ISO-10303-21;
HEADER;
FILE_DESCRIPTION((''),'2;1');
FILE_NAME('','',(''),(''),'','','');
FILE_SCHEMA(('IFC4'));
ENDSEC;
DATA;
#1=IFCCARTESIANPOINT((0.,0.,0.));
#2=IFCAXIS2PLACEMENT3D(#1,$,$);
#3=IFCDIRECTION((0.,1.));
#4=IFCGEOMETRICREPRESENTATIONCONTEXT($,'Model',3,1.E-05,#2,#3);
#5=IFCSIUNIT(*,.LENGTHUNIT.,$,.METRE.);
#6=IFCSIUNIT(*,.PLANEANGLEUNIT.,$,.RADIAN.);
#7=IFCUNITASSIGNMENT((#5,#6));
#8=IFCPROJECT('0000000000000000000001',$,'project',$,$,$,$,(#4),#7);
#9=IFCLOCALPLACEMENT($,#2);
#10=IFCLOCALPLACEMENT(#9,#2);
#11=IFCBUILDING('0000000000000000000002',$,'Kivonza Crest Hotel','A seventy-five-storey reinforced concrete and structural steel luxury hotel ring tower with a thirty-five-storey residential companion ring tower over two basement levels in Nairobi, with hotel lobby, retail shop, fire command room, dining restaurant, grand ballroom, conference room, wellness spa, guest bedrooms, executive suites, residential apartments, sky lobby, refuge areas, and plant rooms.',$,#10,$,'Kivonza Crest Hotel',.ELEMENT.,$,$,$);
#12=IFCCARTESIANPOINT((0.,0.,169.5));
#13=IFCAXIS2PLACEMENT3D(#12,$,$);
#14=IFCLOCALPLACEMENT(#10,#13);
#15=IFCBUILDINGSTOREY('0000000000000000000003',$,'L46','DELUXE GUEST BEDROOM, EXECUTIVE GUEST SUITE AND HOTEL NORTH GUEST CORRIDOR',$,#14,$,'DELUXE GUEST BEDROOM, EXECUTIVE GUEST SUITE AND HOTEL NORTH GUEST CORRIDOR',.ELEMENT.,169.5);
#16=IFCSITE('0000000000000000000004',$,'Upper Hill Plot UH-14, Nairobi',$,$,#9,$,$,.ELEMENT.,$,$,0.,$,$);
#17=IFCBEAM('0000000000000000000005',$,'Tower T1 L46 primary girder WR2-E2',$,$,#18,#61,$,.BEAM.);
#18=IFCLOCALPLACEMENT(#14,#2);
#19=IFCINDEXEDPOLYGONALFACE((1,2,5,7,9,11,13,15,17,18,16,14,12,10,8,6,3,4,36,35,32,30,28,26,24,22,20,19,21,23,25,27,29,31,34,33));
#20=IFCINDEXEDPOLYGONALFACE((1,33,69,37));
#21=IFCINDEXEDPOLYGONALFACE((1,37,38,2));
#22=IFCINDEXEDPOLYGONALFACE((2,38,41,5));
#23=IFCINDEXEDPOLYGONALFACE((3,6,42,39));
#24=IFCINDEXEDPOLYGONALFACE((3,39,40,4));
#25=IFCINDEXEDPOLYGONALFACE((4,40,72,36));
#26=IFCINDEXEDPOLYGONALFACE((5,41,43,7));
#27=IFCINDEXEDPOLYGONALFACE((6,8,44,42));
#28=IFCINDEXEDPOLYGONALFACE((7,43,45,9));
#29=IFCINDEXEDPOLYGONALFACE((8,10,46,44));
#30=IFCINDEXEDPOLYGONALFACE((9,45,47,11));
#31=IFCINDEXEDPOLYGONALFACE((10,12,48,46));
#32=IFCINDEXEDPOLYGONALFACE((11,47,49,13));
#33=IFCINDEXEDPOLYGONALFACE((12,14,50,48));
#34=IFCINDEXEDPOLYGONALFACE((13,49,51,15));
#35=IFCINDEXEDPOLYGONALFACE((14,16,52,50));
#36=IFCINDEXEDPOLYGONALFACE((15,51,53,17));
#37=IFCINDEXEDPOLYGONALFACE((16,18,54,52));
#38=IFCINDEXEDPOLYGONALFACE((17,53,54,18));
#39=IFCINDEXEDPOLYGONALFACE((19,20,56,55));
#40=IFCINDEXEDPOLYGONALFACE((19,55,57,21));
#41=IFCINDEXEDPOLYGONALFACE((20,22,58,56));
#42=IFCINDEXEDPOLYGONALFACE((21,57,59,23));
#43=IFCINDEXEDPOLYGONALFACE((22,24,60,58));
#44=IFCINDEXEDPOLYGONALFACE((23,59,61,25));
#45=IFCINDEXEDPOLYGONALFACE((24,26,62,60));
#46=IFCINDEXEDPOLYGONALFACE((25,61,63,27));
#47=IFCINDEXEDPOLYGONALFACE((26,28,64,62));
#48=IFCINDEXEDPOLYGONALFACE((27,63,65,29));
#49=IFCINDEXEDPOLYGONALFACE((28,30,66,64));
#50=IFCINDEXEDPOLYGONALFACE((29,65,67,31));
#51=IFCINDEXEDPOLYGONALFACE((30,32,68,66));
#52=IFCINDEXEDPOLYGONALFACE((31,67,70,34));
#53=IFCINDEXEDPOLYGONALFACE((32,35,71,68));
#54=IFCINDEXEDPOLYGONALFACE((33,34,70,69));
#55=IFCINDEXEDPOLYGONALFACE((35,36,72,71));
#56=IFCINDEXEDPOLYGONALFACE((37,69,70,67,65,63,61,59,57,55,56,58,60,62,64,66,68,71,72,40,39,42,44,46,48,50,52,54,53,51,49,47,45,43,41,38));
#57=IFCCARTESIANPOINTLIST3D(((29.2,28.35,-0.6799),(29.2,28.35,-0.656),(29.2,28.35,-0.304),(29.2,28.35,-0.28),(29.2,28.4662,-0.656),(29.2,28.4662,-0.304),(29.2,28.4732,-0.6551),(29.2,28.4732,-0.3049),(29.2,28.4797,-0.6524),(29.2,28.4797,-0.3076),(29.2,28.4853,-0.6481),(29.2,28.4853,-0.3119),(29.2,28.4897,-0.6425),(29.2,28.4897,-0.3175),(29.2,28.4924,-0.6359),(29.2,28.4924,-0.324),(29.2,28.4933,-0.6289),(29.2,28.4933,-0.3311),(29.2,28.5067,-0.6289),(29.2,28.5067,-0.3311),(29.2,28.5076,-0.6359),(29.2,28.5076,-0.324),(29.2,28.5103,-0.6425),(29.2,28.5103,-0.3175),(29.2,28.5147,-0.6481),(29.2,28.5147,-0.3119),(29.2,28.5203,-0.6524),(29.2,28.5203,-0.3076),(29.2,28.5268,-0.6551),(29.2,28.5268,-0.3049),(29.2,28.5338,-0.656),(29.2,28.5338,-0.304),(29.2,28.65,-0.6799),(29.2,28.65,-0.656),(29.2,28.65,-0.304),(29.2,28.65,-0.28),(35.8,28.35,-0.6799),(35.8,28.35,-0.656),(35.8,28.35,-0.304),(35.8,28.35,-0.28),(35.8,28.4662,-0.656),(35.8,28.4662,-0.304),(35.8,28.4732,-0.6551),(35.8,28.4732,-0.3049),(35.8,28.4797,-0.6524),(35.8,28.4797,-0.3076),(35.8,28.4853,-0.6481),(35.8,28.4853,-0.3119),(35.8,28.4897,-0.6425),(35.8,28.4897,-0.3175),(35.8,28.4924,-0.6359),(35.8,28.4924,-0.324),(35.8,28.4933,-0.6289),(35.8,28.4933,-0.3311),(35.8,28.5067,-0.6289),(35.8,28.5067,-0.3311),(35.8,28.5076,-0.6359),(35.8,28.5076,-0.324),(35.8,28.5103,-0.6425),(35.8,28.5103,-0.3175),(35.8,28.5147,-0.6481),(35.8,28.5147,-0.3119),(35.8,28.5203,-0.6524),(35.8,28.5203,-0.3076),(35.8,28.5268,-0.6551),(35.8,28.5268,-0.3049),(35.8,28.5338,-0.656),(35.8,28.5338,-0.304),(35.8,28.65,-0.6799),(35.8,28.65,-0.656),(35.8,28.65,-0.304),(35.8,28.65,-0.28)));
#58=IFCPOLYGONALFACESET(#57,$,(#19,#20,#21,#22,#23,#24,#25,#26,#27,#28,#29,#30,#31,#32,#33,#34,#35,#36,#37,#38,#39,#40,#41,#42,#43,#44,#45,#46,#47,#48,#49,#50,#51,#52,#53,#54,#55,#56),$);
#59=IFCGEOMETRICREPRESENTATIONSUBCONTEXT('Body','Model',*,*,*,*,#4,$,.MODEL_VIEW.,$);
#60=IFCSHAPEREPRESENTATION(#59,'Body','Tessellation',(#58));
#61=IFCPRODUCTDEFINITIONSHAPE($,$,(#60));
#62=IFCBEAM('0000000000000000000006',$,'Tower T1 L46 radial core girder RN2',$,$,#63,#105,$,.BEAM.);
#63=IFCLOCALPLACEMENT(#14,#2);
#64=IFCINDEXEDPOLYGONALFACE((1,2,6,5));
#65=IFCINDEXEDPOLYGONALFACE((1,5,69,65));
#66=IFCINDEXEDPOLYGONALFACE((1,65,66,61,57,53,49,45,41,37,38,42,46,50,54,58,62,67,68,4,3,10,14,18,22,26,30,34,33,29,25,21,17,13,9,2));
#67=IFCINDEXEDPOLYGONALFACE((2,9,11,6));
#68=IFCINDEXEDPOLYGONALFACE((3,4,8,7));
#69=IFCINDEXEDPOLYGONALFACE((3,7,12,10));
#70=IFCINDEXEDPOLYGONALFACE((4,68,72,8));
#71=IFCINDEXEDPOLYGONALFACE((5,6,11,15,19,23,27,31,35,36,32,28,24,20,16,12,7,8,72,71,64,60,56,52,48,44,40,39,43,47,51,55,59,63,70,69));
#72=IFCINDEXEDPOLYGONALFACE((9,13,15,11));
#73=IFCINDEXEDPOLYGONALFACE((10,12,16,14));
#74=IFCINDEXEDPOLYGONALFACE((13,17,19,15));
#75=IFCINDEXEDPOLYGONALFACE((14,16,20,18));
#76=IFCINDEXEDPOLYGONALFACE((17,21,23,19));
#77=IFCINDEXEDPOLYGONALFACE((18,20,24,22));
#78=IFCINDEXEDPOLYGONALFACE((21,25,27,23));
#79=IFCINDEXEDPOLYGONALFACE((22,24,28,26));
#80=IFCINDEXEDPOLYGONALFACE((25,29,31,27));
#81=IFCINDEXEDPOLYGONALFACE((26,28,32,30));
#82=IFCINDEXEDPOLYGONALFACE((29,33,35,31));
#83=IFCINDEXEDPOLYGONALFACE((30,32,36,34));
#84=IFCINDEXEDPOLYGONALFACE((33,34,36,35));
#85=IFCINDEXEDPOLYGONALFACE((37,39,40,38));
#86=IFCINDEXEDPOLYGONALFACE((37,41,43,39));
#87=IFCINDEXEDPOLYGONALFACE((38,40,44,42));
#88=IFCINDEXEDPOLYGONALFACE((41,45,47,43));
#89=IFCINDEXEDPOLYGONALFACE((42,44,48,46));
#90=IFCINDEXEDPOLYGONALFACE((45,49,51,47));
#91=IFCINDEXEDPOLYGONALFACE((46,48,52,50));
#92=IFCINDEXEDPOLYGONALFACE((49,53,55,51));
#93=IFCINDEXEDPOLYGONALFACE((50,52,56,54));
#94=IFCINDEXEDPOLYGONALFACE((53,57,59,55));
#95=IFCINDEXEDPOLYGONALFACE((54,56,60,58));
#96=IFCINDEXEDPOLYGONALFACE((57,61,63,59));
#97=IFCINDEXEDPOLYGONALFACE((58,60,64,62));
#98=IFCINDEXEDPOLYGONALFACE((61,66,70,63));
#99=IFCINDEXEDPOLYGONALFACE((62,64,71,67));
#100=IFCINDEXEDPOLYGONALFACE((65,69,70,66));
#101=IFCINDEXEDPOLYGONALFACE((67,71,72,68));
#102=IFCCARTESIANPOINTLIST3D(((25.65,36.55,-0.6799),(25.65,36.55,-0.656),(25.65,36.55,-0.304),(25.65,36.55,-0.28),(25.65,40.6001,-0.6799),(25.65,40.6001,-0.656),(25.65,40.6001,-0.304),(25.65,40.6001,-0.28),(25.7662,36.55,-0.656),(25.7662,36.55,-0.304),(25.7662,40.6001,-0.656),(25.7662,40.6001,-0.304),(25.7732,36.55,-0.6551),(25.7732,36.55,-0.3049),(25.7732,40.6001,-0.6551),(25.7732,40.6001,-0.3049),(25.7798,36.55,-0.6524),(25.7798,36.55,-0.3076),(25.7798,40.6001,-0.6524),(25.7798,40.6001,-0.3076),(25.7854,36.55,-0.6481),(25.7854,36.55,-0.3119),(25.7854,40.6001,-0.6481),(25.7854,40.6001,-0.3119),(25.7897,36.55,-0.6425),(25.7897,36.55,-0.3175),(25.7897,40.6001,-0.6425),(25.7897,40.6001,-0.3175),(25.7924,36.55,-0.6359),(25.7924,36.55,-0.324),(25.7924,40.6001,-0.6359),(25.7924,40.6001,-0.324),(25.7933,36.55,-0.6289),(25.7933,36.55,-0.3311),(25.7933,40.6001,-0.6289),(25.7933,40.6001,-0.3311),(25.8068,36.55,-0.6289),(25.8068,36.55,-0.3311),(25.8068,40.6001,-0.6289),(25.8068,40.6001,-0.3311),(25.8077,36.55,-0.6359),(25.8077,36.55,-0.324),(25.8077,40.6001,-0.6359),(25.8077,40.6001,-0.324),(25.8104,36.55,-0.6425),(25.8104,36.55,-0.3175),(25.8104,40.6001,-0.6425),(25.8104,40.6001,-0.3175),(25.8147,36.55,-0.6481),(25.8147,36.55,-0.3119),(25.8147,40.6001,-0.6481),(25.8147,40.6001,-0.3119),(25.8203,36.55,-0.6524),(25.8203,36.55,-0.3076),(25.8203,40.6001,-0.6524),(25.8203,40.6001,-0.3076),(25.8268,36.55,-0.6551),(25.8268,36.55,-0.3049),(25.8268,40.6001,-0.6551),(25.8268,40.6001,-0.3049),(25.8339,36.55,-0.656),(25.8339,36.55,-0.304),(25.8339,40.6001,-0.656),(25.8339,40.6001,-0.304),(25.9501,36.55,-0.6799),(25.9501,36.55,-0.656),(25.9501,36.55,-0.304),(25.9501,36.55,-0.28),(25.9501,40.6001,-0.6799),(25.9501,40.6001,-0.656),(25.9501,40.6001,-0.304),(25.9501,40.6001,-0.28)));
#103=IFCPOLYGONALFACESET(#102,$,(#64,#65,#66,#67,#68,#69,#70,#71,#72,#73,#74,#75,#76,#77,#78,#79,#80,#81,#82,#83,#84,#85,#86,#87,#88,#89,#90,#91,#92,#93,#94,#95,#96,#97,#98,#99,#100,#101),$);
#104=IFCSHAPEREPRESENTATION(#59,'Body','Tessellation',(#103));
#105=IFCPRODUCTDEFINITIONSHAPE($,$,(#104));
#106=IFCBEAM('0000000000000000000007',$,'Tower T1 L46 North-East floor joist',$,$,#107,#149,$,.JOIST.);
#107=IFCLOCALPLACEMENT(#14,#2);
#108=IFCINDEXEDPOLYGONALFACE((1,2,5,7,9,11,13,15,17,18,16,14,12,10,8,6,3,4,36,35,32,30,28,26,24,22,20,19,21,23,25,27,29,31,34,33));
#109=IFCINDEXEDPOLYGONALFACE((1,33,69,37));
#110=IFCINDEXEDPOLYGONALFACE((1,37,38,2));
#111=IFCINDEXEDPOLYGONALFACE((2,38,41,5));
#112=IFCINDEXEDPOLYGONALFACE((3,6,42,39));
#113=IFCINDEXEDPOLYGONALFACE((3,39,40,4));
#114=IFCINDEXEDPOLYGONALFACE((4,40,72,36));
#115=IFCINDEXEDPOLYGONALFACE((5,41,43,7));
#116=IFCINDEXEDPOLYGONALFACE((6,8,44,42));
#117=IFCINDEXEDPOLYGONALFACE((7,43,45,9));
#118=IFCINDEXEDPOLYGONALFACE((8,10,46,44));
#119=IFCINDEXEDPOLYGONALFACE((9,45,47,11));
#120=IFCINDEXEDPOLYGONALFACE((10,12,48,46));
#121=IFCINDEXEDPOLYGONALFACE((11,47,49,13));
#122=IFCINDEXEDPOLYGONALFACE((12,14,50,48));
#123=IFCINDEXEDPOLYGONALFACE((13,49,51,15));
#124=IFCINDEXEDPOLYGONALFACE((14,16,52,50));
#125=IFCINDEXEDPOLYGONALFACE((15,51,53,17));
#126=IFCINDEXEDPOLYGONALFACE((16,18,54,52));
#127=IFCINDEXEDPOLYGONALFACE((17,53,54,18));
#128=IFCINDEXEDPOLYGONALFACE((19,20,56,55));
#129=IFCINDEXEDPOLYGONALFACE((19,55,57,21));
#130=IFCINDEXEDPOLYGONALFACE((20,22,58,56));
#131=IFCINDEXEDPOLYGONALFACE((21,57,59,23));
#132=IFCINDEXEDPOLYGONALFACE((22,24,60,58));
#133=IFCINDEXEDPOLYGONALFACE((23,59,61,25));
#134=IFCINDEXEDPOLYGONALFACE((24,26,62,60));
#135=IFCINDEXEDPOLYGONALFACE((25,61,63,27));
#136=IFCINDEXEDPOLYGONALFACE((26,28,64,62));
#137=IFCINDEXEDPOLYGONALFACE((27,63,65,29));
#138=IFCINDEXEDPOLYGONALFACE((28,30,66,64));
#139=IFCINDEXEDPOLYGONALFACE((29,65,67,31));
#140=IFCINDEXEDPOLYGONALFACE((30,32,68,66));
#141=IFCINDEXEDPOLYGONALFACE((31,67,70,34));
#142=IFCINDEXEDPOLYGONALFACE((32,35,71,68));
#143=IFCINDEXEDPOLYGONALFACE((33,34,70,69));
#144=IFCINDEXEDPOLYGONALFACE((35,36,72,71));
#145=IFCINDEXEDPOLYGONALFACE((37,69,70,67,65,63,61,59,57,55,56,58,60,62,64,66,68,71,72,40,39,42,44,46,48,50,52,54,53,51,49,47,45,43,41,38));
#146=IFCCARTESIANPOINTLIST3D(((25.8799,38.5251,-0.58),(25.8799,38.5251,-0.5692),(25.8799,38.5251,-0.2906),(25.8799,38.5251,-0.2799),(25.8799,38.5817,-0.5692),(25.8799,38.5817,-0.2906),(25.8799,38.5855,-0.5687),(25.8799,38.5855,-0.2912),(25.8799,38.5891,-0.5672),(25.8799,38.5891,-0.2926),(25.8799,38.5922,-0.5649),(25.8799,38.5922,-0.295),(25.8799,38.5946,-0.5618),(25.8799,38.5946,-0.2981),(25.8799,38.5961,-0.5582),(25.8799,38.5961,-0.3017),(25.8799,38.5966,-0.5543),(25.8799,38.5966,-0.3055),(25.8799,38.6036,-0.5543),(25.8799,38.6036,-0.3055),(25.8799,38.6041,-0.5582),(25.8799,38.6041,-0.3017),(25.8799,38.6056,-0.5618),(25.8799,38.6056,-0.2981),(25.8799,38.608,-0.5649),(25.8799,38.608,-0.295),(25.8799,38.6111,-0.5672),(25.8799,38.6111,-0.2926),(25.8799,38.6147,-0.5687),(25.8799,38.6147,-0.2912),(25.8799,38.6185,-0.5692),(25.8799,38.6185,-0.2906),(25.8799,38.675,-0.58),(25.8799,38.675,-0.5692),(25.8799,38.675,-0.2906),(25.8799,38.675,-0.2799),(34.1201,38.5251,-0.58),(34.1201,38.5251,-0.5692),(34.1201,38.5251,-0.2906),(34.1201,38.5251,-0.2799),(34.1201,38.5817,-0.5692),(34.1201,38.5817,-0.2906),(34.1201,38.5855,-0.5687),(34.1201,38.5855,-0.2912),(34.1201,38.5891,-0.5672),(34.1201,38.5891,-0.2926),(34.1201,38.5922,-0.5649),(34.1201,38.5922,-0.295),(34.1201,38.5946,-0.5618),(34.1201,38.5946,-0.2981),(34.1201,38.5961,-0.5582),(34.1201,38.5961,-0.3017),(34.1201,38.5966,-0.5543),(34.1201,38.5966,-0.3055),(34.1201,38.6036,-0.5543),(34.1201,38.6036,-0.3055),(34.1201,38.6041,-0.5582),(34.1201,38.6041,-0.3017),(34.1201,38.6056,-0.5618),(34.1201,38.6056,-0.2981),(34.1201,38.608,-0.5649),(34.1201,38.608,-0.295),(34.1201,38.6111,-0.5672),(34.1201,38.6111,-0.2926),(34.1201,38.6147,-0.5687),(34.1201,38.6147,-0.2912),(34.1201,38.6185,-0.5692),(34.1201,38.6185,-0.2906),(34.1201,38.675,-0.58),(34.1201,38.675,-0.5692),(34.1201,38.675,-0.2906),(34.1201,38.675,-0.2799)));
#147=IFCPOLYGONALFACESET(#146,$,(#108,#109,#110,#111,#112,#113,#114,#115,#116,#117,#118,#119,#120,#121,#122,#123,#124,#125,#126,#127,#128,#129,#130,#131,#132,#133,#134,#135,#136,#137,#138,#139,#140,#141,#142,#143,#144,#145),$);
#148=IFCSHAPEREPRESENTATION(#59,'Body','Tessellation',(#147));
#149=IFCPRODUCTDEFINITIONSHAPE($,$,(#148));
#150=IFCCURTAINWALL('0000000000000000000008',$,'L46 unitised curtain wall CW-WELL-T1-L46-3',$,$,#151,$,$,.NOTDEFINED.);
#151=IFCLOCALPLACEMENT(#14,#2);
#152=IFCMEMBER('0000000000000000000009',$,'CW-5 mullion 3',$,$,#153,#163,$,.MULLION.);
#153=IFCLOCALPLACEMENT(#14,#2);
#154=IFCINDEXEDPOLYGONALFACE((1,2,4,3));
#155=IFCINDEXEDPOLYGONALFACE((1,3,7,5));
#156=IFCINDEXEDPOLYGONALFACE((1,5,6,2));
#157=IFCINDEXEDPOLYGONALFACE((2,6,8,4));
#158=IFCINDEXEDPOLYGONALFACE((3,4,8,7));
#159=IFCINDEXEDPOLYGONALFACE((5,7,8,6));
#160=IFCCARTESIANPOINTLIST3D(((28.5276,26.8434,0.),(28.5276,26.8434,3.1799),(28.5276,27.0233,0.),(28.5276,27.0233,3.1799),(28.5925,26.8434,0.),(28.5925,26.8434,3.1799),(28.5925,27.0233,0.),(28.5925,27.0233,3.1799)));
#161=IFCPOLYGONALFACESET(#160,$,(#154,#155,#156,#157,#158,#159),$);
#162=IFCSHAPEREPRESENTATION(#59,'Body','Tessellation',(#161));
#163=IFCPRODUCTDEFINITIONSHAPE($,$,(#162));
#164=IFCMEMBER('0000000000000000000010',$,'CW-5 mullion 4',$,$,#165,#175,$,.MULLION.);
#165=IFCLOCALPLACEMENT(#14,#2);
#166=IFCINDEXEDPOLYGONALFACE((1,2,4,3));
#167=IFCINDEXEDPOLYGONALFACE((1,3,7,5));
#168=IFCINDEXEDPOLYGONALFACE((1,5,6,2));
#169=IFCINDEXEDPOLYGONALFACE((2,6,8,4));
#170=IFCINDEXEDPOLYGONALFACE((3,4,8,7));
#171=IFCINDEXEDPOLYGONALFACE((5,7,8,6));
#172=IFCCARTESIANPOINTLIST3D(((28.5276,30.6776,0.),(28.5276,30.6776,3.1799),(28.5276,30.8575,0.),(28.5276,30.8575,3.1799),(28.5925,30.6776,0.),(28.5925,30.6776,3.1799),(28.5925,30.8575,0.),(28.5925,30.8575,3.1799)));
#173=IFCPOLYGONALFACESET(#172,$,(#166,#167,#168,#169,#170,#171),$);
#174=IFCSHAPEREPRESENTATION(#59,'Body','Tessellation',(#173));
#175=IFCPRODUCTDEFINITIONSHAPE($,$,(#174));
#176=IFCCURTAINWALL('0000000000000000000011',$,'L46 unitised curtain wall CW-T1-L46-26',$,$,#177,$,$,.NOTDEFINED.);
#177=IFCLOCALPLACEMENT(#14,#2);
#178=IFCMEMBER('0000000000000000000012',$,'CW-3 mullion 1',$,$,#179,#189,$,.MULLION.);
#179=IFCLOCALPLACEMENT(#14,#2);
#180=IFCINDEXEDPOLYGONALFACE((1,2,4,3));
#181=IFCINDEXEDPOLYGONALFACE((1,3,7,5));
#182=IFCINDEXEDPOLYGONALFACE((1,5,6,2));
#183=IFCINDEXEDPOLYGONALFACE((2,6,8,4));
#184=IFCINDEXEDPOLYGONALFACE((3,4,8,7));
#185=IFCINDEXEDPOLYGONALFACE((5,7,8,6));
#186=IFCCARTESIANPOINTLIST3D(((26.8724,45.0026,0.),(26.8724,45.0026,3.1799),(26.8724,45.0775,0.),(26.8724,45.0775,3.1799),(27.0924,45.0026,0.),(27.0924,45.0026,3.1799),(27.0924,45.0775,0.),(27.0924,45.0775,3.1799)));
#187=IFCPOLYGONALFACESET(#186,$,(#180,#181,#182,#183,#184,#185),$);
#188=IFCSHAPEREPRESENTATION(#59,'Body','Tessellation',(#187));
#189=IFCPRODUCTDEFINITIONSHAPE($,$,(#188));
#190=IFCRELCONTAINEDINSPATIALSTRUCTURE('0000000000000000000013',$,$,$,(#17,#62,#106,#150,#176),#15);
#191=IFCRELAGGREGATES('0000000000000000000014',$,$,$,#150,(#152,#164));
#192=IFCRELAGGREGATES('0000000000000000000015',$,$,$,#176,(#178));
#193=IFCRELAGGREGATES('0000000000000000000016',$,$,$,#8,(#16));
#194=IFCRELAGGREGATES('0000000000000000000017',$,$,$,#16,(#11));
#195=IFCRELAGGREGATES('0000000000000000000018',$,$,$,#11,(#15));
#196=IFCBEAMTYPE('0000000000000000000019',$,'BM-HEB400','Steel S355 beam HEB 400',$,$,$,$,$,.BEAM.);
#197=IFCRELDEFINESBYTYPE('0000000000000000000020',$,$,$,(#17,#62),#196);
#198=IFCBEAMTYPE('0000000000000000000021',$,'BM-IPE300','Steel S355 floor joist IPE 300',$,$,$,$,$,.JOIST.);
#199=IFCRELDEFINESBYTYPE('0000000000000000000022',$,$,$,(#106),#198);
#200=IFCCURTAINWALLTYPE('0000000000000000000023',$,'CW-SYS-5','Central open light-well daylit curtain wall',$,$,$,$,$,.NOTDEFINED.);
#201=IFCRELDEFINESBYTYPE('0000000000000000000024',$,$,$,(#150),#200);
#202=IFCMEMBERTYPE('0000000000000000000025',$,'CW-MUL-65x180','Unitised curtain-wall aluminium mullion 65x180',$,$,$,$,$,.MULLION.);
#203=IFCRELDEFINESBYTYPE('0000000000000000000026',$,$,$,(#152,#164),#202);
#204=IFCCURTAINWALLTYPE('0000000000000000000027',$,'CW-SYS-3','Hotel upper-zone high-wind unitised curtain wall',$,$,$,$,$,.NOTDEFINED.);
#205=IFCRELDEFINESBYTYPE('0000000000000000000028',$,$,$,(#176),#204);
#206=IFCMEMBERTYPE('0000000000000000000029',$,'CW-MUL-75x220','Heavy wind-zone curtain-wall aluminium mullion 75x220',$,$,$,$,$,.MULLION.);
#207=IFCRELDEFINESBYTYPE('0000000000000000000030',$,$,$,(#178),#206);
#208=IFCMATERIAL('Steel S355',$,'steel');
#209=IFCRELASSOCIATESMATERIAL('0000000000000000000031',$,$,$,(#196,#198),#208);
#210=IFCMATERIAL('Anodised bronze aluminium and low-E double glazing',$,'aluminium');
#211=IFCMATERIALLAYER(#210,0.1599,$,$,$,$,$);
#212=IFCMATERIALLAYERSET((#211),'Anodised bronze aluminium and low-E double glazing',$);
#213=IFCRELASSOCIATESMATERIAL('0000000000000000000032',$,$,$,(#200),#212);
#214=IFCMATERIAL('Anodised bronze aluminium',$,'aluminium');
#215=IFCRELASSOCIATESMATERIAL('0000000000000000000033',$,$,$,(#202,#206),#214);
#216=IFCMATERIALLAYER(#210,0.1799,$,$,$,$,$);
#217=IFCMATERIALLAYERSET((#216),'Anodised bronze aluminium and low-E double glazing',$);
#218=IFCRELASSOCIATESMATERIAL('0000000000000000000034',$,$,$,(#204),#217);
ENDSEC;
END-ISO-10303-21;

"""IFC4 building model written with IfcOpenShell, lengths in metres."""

from ifc_helpers import new_model, si_unit, direction, frame, origin, origin_2d, place, context, subcontext, project, spatial, rectangle, i_section, extrude, material, layer, layer_set, material_profile, profile_set, type_object, element, aggregate, save


model = new_model("IFC4")

# Units and contexts
model_context = context("Model", 3, precision=1e-05, world=origin(), true_north=direction((0.0, 1.0)))
body_context = subcontext(model_context, "Body", "Model", "MODEL_VIEW")
ifc_project = project(units=[si_unit("LENGTHUNIT", "METRE"), si_unit("PLANEANGLEUNIT", "RADIAN")], contexts=[model_context])

# Site, building, storey
site_placement = place(None, origin())
site = spatial("IfcSite", under=ifc_project, at=site_placement, Name="Upper Hill Plot UH-14, Nairobi", CompositionType="ELEMENT", RefElevation=0.0)
building_placement = place(site_placement, origin())
building = spatial("IfcBuilding", under=site, at=building_placement, Name="Kivonza Crest Hotel", Description="A seventy-five-storey reinforced concrete and structural steel luxury hotel ring tower with a thirty-five-storey residential companion ring tower over two basement levels in Nairobi, with hotel lobby, retail shop, fire command room, dining restaurant, grand ballroom, conference room, wellness spa, guest bedrooms, executive suites, residential apartments, sky lobby, refuge areas, and plant rooms.", LongName="Kivonza Crest Hotel", CompositionType="ELEMENT")
storey_placement = place(building_placement, frame((0.0, 0.0, 169.5)))
storey = spatial("IfcBuildingStorey", under=building, at=storey_placement, Name="L46", Description="DELUXE GUEST BEDROOM, EXECUTIVE GUEST SUITE AND HOTEL NORTH GUEST CORRIDOR", LongName="DELUXE GUEST BEDROOM, EXECUTIVE GUEST SUITE AND HOTEL NORTH GUEST CORRIDOR", CompositionType="ELEMENT", Elevation=169.5)

# Beams
ifc_material_1 = material(Name="Steel S355", Category="steel")
ifc_material_profile_1 = material_profile(ifc_material_1, i_section(OverallWidth=0.3, OverallDepth=0.3999, WebThickness=0.0134, FlangeThickness=0.0239, FilletRadius=0.0271, at=origin_2d()), Name="HEB 400")
ifc_profile_set_1 = profile_set([ifc_material_profile_1], Name="Steel S355")
beam_type_1 = type_object("IfcBeamType", Name="BM-HEB400", Description="Steel S355 beam HEB 400", PredefinedType="BEAM", material=ifc_profile_set_1)
beam_1_placement = place(storey_placement, frame((29.2, 28.5, -0.48), z_axis=(1.0, 0.0, 0.0), x_axis=(0.0, 1.0, 0.0)))
element("IfcBeam", 1, at=beam_1_placement, inside=storey, type_object=beam_type_1, Name="Tower T1 L46 primary girder WR2-E2", PredefinedType="BEAM", context=body_context, shape_type="SweptSolid", body=[
    extrude(i_section(OverallWidth=0.3, OverallDepth=0.3999, WebThickness=0.0134, FlangeThickness=0.0239, FilletRadius=0.0271, at=origin_2d()), origin(), (0.0, 0.0, 1.0), 6.6001),
])
beam_2_placement = place(storey_placement, frame((25.8, 40.6001, -0.48), z_axis=(0.0, -1.0, 0.0), x_axis=(1.0, 0.0, 0.0)))
element("IfcBeam", 2, at=beam_2_placement, inside=storey, type_object=beam_type_1, Name="Tower T1 L46 radial core girder RN2", PredefinedType="BEAM", context=body_context, shape_type="SweptSolid", body=[
    extrude(i_section(OverallWidth=0.3, OverallDepth=0.3999, WebThickness=0.0134, FlangeThickness=0.0239, FilletRadius=0.0271, at=origin_2d()), origin(), (0.0, 0.0, 1.0), 4.05),
])
ifc_material_profile_2 = material_profile(ifc_material_1, i_section(OverallWidth=0.1499, OverallDepth=0.3, WebThickness=0.0071, FlangeThickness=0.0107, FilletRadius=0.0149, at=origin_2d()), Name="IPE 300")
ifc_profile_set_2 = profile_set([ifc_material_profile_2], Name="Steel S355")
beam_type_2 = type_object("IfcBeamType", Name="BM-IPE300", Description="Steel S355 floor joist IPE 300", PredefinedType="JOIST", material=ifc_profile_set_2)
beam_3_placement = place(storey_placement, frame((25.8799, 38.6001, -0.4299), z_axis=(1.0, 0.0, 0.0), x_axis=(0.0, 1.0, 0.0)))
element("IfcBeam", 3, at=beam_3_placement, inside=storey, type_object=beam_type_2, Name="Tower T1 L46 North-East floor joist", PredefinedType="JOIST", context=body_context, shape_type="SweptSolid", body=[
    extrude(i_section(OverallWidth=0.1499, OverallDepth=0.3, WebThickness=0.0071, FlangeThickness=0.0107, FilletRadius=0.0149, at=origin_2d()), origin(), (0.0, 0.0, 1.0), 8.2402),
])

# Curtain walls, members
ifc_material_2 = material(Name="Anodised bronze aluminium and low-E double glazing", Category="aluminium")
ifc_layer_1 = layer(ifc_material_2, 0.1599)
ifc_layer_set_1 = layer_set([ifc_layer_1], Name="Anodised bronze aluminium and low-E double glazing")
curtain_wall_type_1 = type_object("IfcCurtainWallType", Name="CW-SYS-5", Description="Central open light-well daylit curtain wall", PredefinedType="NOTDEFINED", material=ifc_layer_set_1)
curtain_wall_1_placement = place(storey_placement, origin())
curtain_wall_1 = element("IfcCurtainWall", 4, at=curtain_wall_1_placement, inside=storey, type_object=curtain_wall_type_1, Name="L46 unitised curtain wall CW-WELL-T1-L46-3", PredefinedType="NOTDEFINED")
ifc_material_3 = material(Name="Anodised bronze aluminium", Category="aluminium")
ifc_material_profile_3 = material_profile(ifc_material_3, rectangle(XDim=0.0649, YDim=0.1799, at=origin_2d()), Name="CW-M 65x180")
ifc_profile_set_3 = profile_set([ifc_material_profile_3], Name="Anodised bronze aluminium")
member_type_1 = type_object("IfcMemberType", Name="CW-MUL-65x180", Description="Unitised curtain-wall aluminium mullion 65x180", PredefinedType="MULLION", material=ifc_profile_set_3)
member_1_placement = place(storey_placement, frame((28.5601, 26.9333, 0.0), z_axis=(0.0, 0.0, 1.0), x_axis=(-1.0, 0.0, 0.0)))
member_1 = element("IfcMember", 5, at=member_1_placement, type_object=member_type_1, Name="CW-5 mullion 3", PredefinedType="MULLION", context=body_context, shape_type="SweptSolid", body=[
    extrude(rectangle(XDim=0.0649, YDim=0.1799, at=origin_2d()), origin(), (0.0, 0.0, 1.0), 3.1799),
])
member_2_placement = place(storey_placement, frame((28.5601, 30.7676, 0.0), z_axis=(0.0, 0.0, 1.0), x_axis=(-1.0, 0.0, 0.0)))
member_2 = element("IfcMember", 6, at=member_2_placement, type_object=member_type_1, Name="CW-5 mullion 4", PredefinedType="MULLION", context=body_context, shape_type="SweptSolid", body=[
    extrude(rectangle(XDim=0.0649, YDim=0.1799, at=origin_2d()), origin(), (0.0, 0.0, 1.0), 3.1799),
])
ifc_layer_2 = layer(ifc_material_2, 0.1799)
ifc_layer_set_2 = layer_set([ifc_layer_2], Name="Anodised bronze aluminium and low-E double glazing")
curtain_wall_type_2 = type_object("IfcCurtainWallType", Name="CW-SYS-3", Description="Hotel upper-zone high-wind unitised curtain wall", PredefinedType="NOTDEFINED", material=ifc_layer_set_2)
curtain_wall_2_placement = place(storey_placement, origin())
curtain_wall_2 = element("IfcCurtainWall", 7, at=curtain_wall_2_placement, inside=storey, type_object=curtain_wall_type_2, Name="L46 unitised curtain wall CW-T1-L46-26", PredefinedType="NOTDEFINED")
ifc_material_profile_4 = material_profile(ifc_material_3, rectangle(XDim=0.075, YDim=0.22, at=origin_2d()), Name="CW-M 75x220")
ifc_profile_set_4 = profile_set([ifc_material_profile_4], Name="Anodised bronze aluminium")
member_type_2 = type_object("IfcMemberType", Name="CW-MUL-75x220", Description="Heavy wind-zone curtain-wall aluminium mullion 75x220", PredefinedType="MULLION", material=ifc_profile_set_4)
member_3_placement = place(storey_placement, frame((26.9824, 45.04, 0.0), z_axis=(0.0, 0.0, 1.0), x_axis=(0.0, -1.0, 0.0)))
member_3 = element("IfcMember", 8, at=member_3_placement, type_object=member_type_2, Name="CW-3 mullion 1", PredefinedType="MULLION", context=body_context, shape_type="SweptSolid", body=[
    extrude(rectangle(XDim=0.075, YDim=0.22, at=origin_2d()), origin(), (0.0, 0.0, 1.0), 3.1799),
])

aggregate(curtain_wall_1, [member_1, member_2])
aggregate(curtain_wall_2, [member_3])

save(model, "model.ifc")
